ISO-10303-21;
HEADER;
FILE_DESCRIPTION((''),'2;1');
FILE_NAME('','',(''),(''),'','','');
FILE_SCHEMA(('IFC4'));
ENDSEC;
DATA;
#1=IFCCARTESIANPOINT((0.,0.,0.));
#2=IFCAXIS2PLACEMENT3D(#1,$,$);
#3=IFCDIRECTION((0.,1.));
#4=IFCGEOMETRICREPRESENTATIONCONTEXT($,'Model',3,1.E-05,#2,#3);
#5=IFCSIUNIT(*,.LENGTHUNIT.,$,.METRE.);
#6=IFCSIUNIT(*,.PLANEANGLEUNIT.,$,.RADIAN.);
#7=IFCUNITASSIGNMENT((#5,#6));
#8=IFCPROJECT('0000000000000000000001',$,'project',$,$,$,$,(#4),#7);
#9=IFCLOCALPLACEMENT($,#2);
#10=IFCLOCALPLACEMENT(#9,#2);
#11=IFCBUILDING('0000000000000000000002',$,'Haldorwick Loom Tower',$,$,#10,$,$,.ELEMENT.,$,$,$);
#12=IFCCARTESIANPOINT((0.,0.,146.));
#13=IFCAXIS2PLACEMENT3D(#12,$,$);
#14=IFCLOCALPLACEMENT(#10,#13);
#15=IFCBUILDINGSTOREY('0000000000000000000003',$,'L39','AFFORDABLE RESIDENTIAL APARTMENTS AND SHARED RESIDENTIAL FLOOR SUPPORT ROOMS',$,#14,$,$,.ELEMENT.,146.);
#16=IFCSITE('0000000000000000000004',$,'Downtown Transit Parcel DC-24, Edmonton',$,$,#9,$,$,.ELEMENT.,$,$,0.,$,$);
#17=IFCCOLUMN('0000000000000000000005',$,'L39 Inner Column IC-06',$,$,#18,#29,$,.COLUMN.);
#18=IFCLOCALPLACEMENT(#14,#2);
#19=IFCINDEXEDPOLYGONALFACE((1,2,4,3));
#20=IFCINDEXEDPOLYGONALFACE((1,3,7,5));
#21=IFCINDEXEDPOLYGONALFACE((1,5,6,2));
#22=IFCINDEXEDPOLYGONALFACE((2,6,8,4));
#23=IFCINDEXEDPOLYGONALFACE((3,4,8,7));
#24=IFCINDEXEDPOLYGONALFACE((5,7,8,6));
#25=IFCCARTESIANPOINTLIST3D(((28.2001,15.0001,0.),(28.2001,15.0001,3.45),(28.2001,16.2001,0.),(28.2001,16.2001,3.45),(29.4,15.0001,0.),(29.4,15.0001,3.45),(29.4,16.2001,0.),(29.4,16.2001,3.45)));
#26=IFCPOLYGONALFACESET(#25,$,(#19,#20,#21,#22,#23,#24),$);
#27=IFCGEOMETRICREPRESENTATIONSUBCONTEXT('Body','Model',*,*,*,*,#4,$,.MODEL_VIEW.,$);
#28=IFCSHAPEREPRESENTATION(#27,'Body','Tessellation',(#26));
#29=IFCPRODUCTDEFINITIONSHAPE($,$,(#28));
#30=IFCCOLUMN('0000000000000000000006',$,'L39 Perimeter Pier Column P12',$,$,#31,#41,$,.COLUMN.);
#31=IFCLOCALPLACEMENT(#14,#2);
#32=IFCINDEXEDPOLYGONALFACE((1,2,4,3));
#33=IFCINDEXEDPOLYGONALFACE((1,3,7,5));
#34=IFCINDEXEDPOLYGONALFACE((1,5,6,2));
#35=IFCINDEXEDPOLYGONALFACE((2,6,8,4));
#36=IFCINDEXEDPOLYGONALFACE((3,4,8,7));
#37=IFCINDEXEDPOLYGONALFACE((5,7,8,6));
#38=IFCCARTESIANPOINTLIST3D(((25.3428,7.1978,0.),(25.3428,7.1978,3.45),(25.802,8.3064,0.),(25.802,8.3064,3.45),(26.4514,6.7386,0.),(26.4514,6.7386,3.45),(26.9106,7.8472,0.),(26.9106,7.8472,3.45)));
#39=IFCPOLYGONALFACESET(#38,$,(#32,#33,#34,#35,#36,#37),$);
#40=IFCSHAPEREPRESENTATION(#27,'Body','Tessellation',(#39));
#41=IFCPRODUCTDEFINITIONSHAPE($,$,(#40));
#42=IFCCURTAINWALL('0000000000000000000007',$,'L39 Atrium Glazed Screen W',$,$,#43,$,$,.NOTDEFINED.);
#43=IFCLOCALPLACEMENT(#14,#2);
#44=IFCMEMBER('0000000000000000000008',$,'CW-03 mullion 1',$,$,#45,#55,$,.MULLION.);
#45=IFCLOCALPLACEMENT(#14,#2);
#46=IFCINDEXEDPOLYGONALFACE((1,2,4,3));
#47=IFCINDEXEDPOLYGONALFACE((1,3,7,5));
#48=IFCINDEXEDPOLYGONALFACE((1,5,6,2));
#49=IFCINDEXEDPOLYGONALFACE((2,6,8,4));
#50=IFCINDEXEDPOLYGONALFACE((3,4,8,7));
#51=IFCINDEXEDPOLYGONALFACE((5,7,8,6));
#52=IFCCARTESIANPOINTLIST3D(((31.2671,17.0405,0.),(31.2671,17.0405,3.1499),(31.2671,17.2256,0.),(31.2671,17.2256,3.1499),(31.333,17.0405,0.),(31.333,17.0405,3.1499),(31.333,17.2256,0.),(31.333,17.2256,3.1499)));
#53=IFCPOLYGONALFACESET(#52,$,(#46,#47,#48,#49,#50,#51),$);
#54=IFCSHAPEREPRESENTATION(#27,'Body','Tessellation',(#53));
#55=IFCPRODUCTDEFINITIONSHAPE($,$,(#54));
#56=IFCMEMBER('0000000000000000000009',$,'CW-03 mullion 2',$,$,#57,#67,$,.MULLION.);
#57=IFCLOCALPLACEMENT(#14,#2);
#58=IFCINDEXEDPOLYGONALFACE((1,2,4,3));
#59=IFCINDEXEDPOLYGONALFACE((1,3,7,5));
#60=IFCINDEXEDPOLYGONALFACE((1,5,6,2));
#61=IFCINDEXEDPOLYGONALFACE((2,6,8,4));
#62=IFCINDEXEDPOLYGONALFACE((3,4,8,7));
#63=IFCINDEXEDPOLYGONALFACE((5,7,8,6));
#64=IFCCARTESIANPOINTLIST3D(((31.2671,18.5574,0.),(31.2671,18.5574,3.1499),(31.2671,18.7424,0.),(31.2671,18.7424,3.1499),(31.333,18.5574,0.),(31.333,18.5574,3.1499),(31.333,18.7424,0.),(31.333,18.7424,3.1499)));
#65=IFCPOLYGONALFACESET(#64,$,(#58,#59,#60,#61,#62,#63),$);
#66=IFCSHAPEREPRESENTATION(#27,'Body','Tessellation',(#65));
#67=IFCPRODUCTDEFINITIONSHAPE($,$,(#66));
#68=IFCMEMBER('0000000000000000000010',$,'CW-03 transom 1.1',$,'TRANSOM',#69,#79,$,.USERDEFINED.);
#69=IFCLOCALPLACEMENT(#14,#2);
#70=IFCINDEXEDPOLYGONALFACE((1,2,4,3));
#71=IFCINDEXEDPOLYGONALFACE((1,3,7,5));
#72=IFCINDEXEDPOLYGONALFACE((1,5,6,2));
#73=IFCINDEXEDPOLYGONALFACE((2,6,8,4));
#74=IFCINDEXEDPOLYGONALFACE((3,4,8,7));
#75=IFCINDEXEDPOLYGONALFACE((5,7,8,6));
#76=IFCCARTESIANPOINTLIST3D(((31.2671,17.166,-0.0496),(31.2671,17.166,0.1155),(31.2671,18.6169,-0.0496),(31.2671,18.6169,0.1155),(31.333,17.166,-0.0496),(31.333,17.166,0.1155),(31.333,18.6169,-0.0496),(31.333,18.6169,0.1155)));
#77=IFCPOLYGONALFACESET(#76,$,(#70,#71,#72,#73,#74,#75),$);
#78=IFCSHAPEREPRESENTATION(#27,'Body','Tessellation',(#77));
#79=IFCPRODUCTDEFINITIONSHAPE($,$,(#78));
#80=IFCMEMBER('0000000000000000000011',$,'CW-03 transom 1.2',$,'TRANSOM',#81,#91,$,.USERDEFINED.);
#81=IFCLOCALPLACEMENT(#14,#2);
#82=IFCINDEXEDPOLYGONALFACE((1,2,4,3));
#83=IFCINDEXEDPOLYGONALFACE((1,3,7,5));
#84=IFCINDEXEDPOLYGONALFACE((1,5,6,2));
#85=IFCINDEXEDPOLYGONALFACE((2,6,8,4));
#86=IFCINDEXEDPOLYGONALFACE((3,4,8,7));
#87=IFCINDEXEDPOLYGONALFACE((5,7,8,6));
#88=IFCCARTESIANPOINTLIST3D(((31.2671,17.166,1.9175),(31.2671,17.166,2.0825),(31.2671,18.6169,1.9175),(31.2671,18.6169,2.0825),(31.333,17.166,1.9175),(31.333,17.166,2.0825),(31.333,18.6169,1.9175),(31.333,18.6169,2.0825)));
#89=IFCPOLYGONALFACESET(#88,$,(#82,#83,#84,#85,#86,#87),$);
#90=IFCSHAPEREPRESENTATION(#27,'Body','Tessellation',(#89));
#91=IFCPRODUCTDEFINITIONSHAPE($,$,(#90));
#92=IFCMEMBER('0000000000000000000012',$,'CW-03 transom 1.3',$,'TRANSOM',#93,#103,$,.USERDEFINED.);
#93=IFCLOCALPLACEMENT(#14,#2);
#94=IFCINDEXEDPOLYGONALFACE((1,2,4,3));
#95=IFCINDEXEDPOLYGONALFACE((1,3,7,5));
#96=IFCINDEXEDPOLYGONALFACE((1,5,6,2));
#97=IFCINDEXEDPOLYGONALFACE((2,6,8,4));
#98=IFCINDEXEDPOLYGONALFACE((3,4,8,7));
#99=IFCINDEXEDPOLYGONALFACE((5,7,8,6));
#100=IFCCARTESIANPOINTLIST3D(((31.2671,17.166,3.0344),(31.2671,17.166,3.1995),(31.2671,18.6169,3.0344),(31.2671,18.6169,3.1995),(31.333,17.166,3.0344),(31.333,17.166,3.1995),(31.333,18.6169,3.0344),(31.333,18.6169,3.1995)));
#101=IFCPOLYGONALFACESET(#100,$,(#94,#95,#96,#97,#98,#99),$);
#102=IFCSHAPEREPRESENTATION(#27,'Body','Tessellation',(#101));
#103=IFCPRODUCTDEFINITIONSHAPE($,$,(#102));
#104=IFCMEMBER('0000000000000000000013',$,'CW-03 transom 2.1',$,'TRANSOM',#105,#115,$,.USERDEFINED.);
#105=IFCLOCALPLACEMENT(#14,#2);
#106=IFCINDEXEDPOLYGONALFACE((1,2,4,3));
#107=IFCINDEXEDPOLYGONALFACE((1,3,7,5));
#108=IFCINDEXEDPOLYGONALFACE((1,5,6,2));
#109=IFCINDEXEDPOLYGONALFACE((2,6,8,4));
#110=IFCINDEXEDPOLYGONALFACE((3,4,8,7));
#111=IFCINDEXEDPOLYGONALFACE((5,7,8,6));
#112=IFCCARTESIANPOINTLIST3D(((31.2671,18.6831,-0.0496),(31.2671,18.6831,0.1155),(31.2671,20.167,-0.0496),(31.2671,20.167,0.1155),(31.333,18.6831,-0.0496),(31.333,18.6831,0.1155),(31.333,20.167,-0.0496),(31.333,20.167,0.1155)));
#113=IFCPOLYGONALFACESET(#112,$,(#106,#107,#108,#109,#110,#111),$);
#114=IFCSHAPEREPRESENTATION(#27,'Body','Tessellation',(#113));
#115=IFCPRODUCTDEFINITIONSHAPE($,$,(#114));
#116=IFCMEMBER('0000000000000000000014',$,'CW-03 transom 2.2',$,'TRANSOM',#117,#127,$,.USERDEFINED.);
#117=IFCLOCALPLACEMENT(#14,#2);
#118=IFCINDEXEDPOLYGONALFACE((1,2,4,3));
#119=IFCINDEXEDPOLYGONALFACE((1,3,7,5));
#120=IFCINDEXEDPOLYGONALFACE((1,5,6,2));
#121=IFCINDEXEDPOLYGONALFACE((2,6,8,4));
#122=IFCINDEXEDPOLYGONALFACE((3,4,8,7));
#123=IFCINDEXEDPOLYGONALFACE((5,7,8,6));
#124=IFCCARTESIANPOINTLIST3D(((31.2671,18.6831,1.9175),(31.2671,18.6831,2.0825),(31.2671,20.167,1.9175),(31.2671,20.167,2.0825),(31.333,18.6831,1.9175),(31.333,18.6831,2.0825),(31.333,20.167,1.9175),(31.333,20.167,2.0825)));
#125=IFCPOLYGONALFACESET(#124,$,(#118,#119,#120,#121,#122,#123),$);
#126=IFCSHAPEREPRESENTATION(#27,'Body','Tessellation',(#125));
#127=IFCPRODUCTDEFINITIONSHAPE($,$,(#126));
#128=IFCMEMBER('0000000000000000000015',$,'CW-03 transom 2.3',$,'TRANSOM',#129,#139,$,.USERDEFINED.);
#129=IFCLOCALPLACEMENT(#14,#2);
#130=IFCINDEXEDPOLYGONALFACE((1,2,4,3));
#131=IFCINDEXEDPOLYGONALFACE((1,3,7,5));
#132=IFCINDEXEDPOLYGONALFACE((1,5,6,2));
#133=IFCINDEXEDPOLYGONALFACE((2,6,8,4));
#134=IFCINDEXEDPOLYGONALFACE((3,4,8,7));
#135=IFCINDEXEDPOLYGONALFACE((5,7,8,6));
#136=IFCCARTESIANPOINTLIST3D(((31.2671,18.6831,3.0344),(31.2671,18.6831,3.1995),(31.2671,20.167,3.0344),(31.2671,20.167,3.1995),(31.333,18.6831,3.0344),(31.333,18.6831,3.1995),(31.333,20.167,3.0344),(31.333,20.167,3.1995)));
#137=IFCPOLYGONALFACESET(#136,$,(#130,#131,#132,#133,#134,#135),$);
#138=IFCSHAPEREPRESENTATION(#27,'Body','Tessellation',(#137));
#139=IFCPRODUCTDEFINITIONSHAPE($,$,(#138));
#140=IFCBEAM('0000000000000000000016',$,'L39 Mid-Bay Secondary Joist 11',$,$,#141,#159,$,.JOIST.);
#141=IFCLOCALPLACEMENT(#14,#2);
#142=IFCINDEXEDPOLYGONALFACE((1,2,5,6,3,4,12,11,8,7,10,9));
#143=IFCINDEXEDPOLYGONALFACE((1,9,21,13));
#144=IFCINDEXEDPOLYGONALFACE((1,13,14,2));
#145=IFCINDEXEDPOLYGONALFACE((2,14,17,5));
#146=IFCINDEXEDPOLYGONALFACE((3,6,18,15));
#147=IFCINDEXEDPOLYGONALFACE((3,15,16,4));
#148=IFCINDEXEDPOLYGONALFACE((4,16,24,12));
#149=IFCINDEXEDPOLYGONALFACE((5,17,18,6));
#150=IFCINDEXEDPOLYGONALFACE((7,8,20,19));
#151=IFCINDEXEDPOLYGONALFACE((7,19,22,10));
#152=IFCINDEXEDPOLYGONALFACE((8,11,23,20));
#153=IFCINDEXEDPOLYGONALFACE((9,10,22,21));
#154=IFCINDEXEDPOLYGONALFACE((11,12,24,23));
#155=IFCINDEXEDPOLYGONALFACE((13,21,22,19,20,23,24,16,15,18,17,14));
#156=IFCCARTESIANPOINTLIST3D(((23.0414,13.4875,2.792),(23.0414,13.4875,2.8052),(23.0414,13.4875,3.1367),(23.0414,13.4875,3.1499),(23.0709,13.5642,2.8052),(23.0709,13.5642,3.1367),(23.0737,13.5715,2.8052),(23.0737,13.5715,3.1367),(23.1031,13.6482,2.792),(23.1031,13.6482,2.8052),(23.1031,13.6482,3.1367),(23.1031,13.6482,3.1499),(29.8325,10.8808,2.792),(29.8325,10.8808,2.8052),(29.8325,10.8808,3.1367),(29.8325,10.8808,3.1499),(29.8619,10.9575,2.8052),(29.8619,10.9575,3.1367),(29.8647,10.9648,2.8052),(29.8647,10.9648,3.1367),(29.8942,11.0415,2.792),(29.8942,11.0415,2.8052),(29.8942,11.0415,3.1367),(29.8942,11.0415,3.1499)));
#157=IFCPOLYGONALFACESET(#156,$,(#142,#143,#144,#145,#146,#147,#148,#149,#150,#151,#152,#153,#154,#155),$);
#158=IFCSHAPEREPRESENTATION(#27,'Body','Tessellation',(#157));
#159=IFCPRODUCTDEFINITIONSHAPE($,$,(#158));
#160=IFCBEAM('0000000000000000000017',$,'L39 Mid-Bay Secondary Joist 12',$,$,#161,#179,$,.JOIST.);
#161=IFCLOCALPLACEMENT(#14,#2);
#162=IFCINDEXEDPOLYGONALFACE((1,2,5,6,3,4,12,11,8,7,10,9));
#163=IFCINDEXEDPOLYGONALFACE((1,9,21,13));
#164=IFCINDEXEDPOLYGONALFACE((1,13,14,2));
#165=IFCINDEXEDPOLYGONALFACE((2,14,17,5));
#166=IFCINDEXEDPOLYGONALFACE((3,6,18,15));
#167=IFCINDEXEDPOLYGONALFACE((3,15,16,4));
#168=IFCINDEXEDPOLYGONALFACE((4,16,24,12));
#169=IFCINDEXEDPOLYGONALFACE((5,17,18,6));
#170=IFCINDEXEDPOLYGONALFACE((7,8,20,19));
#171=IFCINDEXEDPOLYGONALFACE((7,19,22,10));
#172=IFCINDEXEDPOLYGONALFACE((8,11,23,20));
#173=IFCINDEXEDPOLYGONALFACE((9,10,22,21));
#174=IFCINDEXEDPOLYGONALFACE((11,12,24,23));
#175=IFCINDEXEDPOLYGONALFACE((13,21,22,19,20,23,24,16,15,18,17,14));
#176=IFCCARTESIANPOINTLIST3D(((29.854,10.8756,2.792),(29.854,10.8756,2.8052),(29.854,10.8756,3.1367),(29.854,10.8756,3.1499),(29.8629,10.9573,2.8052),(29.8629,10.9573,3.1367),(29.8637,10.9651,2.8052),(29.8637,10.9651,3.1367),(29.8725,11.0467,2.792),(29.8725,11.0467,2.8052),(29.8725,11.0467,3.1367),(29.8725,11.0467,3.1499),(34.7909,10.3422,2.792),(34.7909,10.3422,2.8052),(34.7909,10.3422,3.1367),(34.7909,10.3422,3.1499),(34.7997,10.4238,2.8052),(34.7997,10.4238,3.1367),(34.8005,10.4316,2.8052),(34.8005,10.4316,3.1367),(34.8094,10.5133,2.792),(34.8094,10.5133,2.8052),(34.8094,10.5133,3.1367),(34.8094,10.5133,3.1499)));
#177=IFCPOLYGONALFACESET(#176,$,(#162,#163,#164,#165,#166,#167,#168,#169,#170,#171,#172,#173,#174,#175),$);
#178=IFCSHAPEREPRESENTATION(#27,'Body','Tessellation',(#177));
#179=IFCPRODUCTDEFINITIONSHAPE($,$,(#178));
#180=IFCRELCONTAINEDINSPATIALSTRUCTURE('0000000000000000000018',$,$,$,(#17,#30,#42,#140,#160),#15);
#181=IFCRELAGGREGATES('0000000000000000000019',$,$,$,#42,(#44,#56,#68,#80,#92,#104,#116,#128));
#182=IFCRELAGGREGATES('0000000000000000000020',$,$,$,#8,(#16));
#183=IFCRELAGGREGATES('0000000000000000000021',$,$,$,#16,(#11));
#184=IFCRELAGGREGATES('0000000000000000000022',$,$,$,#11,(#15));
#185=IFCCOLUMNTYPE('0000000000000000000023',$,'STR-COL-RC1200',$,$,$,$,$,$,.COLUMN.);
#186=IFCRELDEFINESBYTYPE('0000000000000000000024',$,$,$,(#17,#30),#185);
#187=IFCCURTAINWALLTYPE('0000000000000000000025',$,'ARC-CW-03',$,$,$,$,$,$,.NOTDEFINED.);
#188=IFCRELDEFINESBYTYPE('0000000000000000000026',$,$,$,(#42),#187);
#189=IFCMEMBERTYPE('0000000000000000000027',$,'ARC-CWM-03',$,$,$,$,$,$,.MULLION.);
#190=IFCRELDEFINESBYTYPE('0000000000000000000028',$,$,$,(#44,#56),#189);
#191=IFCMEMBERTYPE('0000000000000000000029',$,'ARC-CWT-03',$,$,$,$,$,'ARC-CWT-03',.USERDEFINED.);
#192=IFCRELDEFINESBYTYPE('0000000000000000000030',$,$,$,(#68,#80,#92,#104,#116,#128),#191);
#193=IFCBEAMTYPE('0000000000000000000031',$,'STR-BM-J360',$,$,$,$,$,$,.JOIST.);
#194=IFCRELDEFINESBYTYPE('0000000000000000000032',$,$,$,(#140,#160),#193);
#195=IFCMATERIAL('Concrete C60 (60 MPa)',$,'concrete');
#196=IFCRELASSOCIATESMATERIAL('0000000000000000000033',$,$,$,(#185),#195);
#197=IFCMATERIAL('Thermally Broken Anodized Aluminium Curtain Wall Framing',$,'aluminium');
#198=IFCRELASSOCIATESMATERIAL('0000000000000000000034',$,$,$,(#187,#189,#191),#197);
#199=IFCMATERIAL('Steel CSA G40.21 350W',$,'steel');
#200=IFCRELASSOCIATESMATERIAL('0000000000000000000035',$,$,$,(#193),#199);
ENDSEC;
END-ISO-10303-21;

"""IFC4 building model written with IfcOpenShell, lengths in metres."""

from ifc_helpers import new_model, si_unit, direction, frame, origin, origin_2d, place, context, subcontext, project, spatial, rectangle, i_section, extrude, material, material_profile, profile_set, type_object, element, aggregate, save


model = new_model("IFC4")

# Units and contexts
model_context = context("Model", 3, precision=1e-05, world=origin(), true_north=direction((0.0, 1.0)))
body_context = subcontext(model_context, "Body", "Model", "MODEL_VIEW")
ifc_project = project(units=[si_unit("LENGTHUNIT", "METRE"), si_unit("PLANEANGLEUNIT", "RADIAN")], contexts=[model_context])

# Site, building, storey
site_placement = place(None, origin())
site = spatial("IfcSite", under=ifc_project, at=site_placement, Name="Downtown Transit Parcel DC-24, Edmonton", CompositionType="ELEMENT", RefElevation=0.0)
building_placement = place(site_placement, origin())
building = spatial("IfcBuilding", under=site, at=building_placement, Name="Haldorwick Loom Tower", CompositionType="ELEMENT")
storey_placement = place(building_placement, frame((0.0, 0.0, 146.0)))
storey = spatial("IfcBuildingStorey", under=building, at=storey_placement, Name="L39", Description="AFFORDABLE RESIDENTIAL APARTMENTS AND SHARED RESIDENTIAL FLOOR SUPPORT ROOMS", CompositionType="ELEMENT", Elevation=146.0)

# Columns
ifc_material_1 = material(Name="Concrete C60 (60 MPa)", Category="concrete")
ifc_material_profile_1 = material_profile(ifc_material_1, rectangle(XDim=1.2, YDim=1.2, at=origin_2d()), Name="RC1200X1200", Category="concrete")
ifc_profile_set_1 = profile_set([ifc_material_profile_1], Name="Concrete C60 (60 MPa)")
column_type = type_object("IfcColumnType", Name="STR-COL-RC1200", PredefinedType="COLUMN", material=ifc_profile_set_1)
for number, where, z_axis, x_axis, name in (
    (1, (28.8, 15.6001, 0.0), (0.0, 0.0, 1.0), (1.0, 0.0, 0.0), "L39 Inner Column IC-06"),
    (2, (26.1267, 7.5225, 0.0), (0.0, 0.0, 1.0), (-0.382683, -0.92388, 0.0), "L39 Perimeter Pier Column P12"),
):
    element("IfcColumn", number, at=place(storey_placement, frame(where, z_axis=z_axis, x_axis=x_axis)), inside=storey, type_object=column_type, Name=name, PredefinedType="COLUMN", context=body_context, shape_type="SweptSolid", body=[
        extrude(rectangle(XDim=1.2, YDim=1.2, at=origin_2d()), origin(), (0.0, 0.0, 1.0), 3.45),
    ])

# Curtain wall, members
ifc_material_2 = material(Name="Thermally Broken Anodized Aluminium Curtain Wall Framing", Category="aluminium")
curtain_wall_type = type_object("IfcCurtainWallType", Name="ARC-CW-03", PredefinedType="NOTDEFINED", material=ifc_material_2)
curtain_wall_placement = place(storey_placement, origin())
curtain_wall = element("IfcCurtainWall", 3, at=curtain_wall_placement, inside=storey, type_object=curtain_wall_type, Name="L39 Atrium Glazed Screen W", PredefinedType="NOTDEFINED")
ifc_material_profile_2 = material_profile(ifc_material_2, rectangle(XDim=0.0659, YDim=0.1851, at=origin_2d()), Name="ALU_MUL_66X185", Category="aluminium")
ifc_profile_set_2 = profile_set([ifc_material_profile_2], Name="Thermally Broken Anodized Aluminium Curtain Wall Framing")
member_type_1 = type_object("IfcMemberType", Name="ARC-CWM-03", PredefinedType="MULLION", material=ifc_profile_set_2)
member_1_placement = place(storey_placement, frame((31.3, 17.1331, 0.0), z_axis=(0.0, 0.0, 1.0), x_axis=(-1.0, 0.0, 0.0)))
member_1 = element("IfcMember", 4, at=member_1_placement, type_object=member_type_1, Name="CW-03 mullion 1", PredefinedType="MULLION", context=body_context, shape_type="SweptSolid", body=[
    extrude(rectangle(XDim=0.0659, YDim=0.1851, at=origin_2d()), origin(), (0.0, 0.0, 1.0), 3.1499),
])
member_2_placement = place(storey_placement, frame((31.3, 18.6499, 0.0), z_axis=(0.0, 0.0, 1.0), x_axis=(-1.0, 0.0, 0.0)))
member_2 = element("IfcMember", 5, at=member_2_placement, type_object=member_type_1, Name="CW-03 mullion 2", PredefinedType="MULLION", context=body_context, shape_type="SweptSolid", body=[
    extrude(rectangle(XDim=0.0659, YDim=0.1851, at=origin_2d()), origin(), (0.0, 0.0, 1.0), 3.1499),
])
ifc_material_profile_3 = material_profile(ifc_material_2, rectangle(XDim=0.0659, YDim=0.165, at=origin_2d()), Name="ALU_TRN_66X165", Category="aluminium")
ifc_profile_set_3 = profile_set([ifc_material_profile_3], Name="Thermally Broken Anodized Aluminium Curtain Wall Framing")
member_type_2 = type_object("IfcMemberType", Name="ARC-CWT-03", ElementType="ARC-CWT-03", PredefinedType="USERDEFINED", material=ifc_profile_set_3)
member_3_placement = place(storey_placement, frame((31.3, 17.166, 0.033), z_axis=(0.0, 1.0, 0.0), x_axis=(-1.0, 0.0, 0.0)))
member_3 = element("IfcMember", 6, at=member_3_placement, type_object=member_type_2, Name="CW-03 transom 1.1", ObjectType="TRANSOM", PredefinedType="USERDEFINED", context=body_context, shape_type="SweptSolid", body=[
    extrude(rectangle(XDim=0.0659, YDim=0.165, at=origin_2d()), origin(), (0.0, 0.0, 1.0), 1.4509),
])
member_4_placement = place(storey_placement, frame((31.3, 17.166, 2.0), z_axis=(0.0, 1.0, 0.0), x_axis=(-1.0, 0.0, 0.0)))
member_4 = element("IfcMember", 7, at=member_4_placement, type_object=member_type_2, Name="CW-03 transom 1.2", ObjectType="TRANSOM", PredefinedType="USERDEFINED", context=body_context, shape_type="SweptSolid", body=[
    extrude(rectangle(XDim=0.0659, YDim=0.165, at=origin_2d()), origin(), (0.0, 0.0, 1.0), 1.4509),
])
member_5_placement = place(storey_placement, frame((31.3, 17.166, 3.1169), z_axis=(0.0, 1.0, 0.0), x_axis=(-1.0, 0.0, 0.0)))
member_5 = element("IfcMember", 8, at=member_5_placement, type_object=member_type_2, Name="CW-03 transom 1.3", ObjectType="TRANSOM", PredefinedType="USERDEFINED", context=body_context, shape_type="SweptSolid", body=[
    extrude(rectangle(XDim=0.0659, YDim=0.165, at=origin_2d()), origin(), (0.0, 0.0, 1.0), 1.4509),
])
member_6_placement = place(storey_placement, frame((31.3, 18.6831, 0.033), z_axis=(0.0, 1.0, 0.0), x_axis=(-1.0, 0.0, 0.0)))
member_6 = element("IfcMember", 9, at=member_6_placement, type_object=member_type_2, Name="CW-03 transom 2.1", ObjectType="TRANSOM", PredefinedType="USERDEFINED", context=body_context, shape_type="SweptSolid", body=[
    extrude(rectangle(XDim=0.0659, YDim=0.165, at=origin_2d()), origin(), (0.0, 0.0, 1.0), 1.4839),
])
member_7_placement = place(storey_placement, frame((31.3, 18.6831, 2.0), z_axis=(0.0, 1.0, 0.0), x_axis=(-1.0, 0.0, 0.0)))
member_7 = element("IfcMember", 10, at=member_7_placement, type_object=member_type_2, Name="CW-03 transom 2.2", ObjectType="TRANSOM", PredefinedType="USERDEFINED", context=body_context, shape_type="SweptSolid", body=[
    extrude(rectangle(XDim=0.0659, YDim=0.165, at=origin_2d()), origin(), (0.0, 0.0, 1.0), 1.4839),
])
member_8_placement = place(storey_placement, frame((31.3, 18.6831, 3.1169), z_axis=(0.0, 1.0, 0.0), x_axis=(-1.0, 0.0, 0.0)))
member_8 = element("IfcMember", 11, at=member_8_placement, type_object=member_type_2, Name="CW-03 transom 2.3", ObjectType="TRANSOM", PredefinedType="USERDEFINED", context=body_context, shape_type="SweptSolid", body=[
    extrude(rectangle(XDim=0.0659, YDim=0.165, at=origin_2d()), origin(), (0.0, 0.0, 1.0), 1.4839),
])

# Beams
ifc_material_3 = material(Name="Steel CSA G40.21 350W", Category="steel")
ifc_material_profile_4 = material_profile(ifc_material_3, i_section(OverallWidth=0.1721, OverallDepth=0.3579, WebThickness=0.0078, FlangeThickness=0.0132, at=origin_2d()), Name="W360X57", Category="steel")
ifc_profile_set_4 = profile_set([ifc_material_profile_4], Name="Steel CSA G40.21 350W")
beam_type_1 = type_object("IfcBeamType", Name="STR-BM-J360", PredefinedType="JOIST", material=ifc_profile_set_4)
beam_1_placement = place(storey_placement, frame((23.0723, 13.5679, 2.9709), z_axis=(0.933587, -0.358352, 0.0), x_axis=(0.358352, 0.933587, 0.0)))
element("IfcBeam", 12, at=beam_1_placement, inside=storey, type_object=beam_type_1, Name="L39 Mid-Bay Secondary Joist 11", PredefinedType="JOIST", context=body_context, shape_type="SweptSolid", body=[
    extrude(i_section(OverallWidth=0.1721, OverallDepth=0.3579, WebThickness=0.0078, FlangeThickness=0.0132, at=origin_2d()), origin(), (0.0, 0.0, 1.0), 7.2742),
])
beam_2_placement = place(storey_placement, frame((29.8633, 10.9612, 2.9709), z_axis=(0.994213, -0.107431, 0.0), x_axis=(0.107431, 0.994213, 0.0)))
element("IfcBeam", 13, at=beam_2_placement, inside=storey, type_object=beam_type_1, Name="L39 Mid-Bay Secondary Joist 12", PredefinedType="JOIST", context=body_context, shape_type="SweptSolid", body=[
    extrude(i_section(OverallWidth=0.1721, OverallDepth=0.3579, WebThickness=0.0078, FlangeThickness=0.0132, at=origin_2d()), origin(), (0.0, 0.0, 1.0), 4.9656),
])

aggregate(curtain_wall, [member_1, member_2, member_3, member_4, member_5, member_6, member_7, member_8])

save(model, "model.ifc")
